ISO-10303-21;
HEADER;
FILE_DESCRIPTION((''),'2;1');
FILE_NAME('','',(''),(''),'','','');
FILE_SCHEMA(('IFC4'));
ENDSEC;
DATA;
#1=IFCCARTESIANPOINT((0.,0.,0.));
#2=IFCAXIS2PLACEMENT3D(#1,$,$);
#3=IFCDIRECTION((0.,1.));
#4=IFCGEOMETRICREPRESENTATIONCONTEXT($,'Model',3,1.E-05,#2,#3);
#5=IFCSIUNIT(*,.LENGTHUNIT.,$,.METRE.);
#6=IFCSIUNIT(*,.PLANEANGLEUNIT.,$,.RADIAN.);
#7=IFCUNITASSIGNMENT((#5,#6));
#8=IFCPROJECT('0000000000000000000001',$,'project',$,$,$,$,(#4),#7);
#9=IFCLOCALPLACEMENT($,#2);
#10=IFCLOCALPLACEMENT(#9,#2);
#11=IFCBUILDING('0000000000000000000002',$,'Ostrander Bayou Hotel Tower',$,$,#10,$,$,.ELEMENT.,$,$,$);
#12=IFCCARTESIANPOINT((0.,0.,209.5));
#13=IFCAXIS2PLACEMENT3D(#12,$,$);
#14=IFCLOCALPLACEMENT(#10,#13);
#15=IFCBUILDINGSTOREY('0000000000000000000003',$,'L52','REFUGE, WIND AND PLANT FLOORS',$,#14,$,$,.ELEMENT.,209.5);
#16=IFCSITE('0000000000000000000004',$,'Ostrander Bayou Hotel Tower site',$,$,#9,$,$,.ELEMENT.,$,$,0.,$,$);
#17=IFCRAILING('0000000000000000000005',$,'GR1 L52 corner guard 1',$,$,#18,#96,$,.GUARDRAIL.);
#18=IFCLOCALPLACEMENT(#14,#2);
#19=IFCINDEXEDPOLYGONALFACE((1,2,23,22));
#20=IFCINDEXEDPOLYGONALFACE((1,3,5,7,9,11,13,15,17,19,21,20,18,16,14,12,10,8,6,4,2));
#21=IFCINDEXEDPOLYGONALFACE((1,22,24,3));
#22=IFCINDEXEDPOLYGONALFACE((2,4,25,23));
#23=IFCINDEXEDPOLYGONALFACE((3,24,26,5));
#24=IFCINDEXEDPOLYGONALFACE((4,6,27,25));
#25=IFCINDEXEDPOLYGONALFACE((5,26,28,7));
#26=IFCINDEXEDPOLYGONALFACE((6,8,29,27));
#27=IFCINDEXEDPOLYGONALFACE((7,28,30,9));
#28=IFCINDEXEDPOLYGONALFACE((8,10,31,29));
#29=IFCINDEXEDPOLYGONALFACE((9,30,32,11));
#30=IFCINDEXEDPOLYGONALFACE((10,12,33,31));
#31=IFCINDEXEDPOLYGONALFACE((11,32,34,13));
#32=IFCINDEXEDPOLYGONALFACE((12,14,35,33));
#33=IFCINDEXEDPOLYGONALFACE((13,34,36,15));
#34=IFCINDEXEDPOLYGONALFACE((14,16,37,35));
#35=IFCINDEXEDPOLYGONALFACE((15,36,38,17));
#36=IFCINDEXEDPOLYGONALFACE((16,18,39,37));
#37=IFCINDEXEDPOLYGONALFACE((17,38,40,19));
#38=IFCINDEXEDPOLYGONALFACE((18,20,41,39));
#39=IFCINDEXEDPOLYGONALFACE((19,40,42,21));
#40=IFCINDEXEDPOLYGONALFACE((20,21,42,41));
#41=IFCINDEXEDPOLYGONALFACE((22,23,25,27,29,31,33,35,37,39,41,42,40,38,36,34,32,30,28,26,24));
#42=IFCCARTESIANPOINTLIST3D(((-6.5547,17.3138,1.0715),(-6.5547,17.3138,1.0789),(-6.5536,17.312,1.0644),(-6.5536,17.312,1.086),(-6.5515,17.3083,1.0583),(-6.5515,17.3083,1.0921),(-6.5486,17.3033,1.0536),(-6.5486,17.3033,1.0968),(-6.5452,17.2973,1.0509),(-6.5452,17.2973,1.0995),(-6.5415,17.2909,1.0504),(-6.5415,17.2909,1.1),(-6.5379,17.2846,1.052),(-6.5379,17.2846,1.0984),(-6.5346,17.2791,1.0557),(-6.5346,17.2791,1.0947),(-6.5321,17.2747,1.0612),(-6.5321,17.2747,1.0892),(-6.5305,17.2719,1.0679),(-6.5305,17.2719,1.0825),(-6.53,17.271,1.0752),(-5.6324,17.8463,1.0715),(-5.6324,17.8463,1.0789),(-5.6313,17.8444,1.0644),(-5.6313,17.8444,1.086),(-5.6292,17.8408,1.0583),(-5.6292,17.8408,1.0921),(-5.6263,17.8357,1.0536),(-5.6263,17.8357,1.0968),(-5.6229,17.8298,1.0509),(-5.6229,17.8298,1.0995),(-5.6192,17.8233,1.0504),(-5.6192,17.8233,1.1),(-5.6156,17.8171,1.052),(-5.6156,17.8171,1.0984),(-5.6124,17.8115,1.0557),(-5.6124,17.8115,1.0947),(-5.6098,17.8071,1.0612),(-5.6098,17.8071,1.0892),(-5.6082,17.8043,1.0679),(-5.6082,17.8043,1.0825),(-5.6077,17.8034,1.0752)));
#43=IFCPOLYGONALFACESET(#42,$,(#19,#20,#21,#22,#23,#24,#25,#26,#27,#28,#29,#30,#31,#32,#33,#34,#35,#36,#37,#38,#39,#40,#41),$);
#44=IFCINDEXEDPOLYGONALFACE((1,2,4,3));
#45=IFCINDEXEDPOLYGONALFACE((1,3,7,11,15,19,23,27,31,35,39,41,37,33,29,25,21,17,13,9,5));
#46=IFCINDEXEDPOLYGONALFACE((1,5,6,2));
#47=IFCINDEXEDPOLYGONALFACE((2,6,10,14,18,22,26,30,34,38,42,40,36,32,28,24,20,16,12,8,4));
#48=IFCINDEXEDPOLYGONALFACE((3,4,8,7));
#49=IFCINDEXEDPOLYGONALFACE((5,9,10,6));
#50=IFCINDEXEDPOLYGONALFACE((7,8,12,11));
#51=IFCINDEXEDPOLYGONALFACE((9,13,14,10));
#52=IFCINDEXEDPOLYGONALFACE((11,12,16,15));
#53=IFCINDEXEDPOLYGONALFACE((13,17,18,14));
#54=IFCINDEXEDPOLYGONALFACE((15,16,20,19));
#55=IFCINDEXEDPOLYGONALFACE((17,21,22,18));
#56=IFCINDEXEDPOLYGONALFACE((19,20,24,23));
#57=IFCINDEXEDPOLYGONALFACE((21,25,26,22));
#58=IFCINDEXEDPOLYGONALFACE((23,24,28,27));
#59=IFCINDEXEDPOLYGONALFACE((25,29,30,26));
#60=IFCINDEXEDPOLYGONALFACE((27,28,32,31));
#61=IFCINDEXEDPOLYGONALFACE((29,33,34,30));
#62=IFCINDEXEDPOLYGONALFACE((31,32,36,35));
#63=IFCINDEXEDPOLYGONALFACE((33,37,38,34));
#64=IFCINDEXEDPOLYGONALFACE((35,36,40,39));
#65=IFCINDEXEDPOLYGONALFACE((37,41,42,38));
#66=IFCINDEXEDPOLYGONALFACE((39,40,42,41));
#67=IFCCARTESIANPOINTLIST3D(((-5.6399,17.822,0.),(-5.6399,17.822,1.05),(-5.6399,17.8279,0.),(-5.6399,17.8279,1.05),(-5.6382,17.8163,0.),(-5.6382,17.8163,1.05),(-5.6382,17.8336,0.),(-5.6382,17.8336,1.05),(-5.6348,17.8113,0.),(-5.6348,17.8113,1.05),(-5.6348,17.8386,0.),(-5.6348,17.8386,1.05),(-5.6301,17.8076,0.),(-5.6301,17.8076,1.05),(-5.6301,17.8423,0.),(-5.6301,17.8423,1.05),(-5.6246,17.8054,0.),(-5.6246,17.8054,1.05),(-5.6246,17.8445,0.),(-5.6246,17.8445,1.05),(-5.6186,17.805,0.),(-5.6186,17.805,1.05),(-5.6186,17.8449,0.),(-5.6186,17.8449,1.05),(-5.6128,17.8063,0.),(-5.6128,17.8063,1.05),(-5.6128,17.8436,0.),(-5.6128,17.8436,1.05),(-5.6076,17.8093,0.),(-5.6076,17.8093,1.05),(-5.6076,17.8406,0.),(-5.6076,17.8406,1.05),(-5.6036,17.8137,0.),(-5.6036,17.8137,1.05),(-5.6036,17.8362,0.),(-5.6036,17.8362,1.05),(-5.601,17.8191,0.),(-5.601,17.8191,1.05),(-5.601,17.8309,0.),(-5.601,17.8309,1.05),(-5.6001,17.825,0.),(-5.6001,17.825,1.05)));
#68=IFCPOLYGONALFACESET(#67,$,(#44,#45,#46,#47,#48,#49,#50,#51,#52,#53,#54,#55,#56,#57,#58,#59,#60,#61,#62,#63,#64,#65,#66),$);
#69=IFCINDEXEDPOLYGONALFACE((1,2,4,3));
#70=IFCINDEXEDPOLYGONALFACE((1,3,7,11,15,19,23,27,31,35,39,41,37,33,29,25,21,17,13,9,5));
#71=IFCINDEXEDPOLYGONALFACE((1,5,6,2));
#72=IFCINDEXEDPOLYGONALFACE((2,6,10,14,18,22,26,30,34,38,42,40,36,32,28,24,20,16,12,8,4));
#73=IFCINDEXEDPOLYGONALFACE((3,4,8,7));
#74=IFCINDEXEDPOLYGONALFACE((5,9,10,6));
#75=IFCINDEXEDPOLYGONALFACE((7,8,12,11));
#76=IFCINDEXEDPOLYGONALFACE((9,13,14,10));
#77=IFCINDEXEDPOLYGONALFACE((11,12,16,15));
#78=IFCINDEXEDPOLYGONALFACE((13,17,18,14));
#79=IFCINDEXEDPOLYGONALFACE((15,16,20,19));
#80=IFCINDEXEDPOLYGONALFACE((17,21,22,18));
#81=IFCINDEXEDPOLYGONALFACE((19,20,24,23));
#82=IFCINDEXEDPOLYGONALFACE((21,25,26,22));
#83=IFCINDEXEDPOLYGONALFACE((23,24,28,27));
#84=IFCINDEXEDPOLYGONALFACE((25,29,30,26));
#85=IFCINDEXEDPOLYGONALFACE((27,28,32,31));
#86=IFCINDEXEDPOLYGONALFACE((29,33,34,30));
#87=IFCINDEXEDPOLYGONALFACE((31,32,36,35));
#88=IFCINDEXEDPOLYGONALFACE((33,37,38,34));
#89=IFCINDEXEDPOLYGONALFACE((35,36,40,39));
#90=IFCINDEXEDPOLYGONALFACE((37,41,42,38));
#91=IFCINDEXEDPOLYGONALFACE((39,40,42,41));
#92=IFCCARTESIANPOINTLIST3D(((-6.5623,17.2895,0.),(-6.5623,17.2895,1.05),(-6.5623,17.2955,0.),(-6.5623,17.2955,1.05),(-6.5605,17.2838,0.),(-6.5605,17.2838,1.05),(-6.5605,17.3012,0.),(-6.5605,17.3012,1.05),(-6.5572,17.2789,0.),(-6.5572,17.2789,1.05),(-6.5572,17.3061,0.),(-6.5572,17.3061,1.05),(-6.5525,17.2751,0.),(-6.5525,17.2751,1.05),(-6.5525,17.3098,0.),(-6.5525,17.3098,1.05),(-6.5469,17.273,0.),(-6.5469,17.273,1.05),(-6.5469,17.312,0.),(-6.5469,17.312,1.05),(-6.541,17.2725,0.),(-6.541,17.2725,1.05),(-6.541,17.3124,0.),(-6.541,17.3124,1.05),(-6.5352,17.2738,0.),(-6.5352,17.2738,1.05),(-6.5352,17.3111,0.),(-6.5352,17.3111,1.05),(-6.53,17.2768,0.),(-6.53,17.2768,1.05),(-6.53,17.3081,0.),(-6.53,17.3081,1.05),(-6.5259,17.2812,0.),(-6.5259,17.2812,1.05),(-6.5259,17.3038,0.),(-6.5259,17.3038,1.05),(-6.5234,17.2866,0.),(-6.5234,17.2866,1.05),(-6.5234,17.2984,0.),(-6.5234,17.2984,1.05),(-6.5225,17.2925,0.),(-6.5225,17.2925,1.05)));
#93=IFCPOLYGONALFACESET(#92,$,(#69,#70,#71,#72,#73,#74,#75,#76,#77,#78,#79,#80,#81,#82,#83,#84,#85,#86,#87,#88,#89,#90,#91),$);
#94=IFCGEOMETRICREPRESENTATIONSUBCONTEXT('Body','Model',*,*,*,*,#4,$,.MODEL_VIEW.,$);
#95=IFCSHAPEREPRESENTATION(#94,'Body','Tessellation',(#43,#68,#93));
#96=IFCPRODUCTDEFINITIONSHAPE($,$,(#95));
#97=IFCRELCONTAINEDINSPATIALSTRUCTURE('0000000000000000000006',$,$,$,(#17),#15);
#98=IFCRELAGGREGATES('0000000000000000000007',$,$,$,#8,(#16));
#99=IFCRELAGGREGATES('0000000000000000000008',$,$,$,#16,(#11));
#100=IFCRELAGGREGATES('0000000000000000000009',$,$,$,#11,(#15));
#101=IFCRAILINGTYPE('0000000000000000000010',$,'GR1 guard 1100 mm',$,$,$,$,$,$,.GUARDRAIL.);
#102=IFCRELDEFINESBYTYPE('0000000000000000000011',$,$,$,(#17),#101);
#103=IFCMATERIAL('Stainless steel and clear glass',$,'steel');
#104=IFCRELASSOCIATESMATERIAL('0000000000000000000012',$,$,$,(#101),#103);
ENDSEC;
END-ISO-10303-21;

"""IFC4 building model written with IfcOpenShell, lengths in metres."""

from ifc_helpers import new_model, si_unit, direction, frame, origin, origin_2d, place, context, subcontext, project, spatial, circle, extrude, material, type_object, element, save


model = new_model("IFC4")

# Units and contexts
model_context = context("Model", 3, precision=1e-05, world=origin(), true_north=direction((0.0, 1.0)))
body_context = subcontext(model_context, "Body", "Model", "MODEL_VIEW")
ifc_project = project(units=[si_unit("LENGTHUNIT", "METRE"), si_unit("PLANEANGLEUNIT", "RADIAN")], contexts=[model_context])

# Site, building, storey
site_placement = place(None, origin())
site = spatial("IfcSite", under=ifc_project, at=site_placement, Name="Ostrander Bayou Hotel Tower site", CompositionType="ELEMENT", RefElevation=0.0)
building_placement = place(site_placement, origin())
building = spatial("IfcBuilding", under=site, at=building_placement, Name="Ostrander Bayou Hotel Tower", CompositionType="ELEMENT")
storey_placement = place(building_placement, frame((0.0, 0.0, 209.5)))
storey = spatial("IfcBuildingStorey", under=building, at=storey_placement, Name="L52", Description="REFUGE, WIND AND PLANT FLOORS", CompositionType="ELEMENT", Elevation=209.5)

# Railing
ifc_material_1 = material(Name="Stainless steel and clear glass", Category="steel")
railing_type = type_object("IfcRailingType", Name="GR1 guard 1100 mm", PredefinedType="GUARDRAIL", material=ifc_material_1)
railing_1_placement = place(storey_placement, frame((-5.6201, 17.825, 0.0)))
element("IfcRailing", 1, at=railing_1_placement, inside=storey, type_object=railing_type, Name="GR1 L52 corner guard 1", PredefinedType="GUARDRAIL", context=body_context, shape_type="SweptSolid", body=[
    extrude(circle(Radius=0.0249, at=origin_2d()), frame((0.0, 0.0, 1.0752), z_axis=(-0.866048, -0.499961, 0.0), x_axis=(0.499961, -0.866048, 0.0)), (0.0, 0.0, 1.0), 1.0649),
    extrude(circle(Radius=0.02, at=origin_2d()), origin(), (0.0, 0.0, 1.0), 1.05),
    extrude(circle(Radius=0.02, at=origin_2d()), frame((-0.9224, -0.5325, 0.0)), (0.0, 0.0, 1.0), 1.05),
])

save(model, "model.ifc")
